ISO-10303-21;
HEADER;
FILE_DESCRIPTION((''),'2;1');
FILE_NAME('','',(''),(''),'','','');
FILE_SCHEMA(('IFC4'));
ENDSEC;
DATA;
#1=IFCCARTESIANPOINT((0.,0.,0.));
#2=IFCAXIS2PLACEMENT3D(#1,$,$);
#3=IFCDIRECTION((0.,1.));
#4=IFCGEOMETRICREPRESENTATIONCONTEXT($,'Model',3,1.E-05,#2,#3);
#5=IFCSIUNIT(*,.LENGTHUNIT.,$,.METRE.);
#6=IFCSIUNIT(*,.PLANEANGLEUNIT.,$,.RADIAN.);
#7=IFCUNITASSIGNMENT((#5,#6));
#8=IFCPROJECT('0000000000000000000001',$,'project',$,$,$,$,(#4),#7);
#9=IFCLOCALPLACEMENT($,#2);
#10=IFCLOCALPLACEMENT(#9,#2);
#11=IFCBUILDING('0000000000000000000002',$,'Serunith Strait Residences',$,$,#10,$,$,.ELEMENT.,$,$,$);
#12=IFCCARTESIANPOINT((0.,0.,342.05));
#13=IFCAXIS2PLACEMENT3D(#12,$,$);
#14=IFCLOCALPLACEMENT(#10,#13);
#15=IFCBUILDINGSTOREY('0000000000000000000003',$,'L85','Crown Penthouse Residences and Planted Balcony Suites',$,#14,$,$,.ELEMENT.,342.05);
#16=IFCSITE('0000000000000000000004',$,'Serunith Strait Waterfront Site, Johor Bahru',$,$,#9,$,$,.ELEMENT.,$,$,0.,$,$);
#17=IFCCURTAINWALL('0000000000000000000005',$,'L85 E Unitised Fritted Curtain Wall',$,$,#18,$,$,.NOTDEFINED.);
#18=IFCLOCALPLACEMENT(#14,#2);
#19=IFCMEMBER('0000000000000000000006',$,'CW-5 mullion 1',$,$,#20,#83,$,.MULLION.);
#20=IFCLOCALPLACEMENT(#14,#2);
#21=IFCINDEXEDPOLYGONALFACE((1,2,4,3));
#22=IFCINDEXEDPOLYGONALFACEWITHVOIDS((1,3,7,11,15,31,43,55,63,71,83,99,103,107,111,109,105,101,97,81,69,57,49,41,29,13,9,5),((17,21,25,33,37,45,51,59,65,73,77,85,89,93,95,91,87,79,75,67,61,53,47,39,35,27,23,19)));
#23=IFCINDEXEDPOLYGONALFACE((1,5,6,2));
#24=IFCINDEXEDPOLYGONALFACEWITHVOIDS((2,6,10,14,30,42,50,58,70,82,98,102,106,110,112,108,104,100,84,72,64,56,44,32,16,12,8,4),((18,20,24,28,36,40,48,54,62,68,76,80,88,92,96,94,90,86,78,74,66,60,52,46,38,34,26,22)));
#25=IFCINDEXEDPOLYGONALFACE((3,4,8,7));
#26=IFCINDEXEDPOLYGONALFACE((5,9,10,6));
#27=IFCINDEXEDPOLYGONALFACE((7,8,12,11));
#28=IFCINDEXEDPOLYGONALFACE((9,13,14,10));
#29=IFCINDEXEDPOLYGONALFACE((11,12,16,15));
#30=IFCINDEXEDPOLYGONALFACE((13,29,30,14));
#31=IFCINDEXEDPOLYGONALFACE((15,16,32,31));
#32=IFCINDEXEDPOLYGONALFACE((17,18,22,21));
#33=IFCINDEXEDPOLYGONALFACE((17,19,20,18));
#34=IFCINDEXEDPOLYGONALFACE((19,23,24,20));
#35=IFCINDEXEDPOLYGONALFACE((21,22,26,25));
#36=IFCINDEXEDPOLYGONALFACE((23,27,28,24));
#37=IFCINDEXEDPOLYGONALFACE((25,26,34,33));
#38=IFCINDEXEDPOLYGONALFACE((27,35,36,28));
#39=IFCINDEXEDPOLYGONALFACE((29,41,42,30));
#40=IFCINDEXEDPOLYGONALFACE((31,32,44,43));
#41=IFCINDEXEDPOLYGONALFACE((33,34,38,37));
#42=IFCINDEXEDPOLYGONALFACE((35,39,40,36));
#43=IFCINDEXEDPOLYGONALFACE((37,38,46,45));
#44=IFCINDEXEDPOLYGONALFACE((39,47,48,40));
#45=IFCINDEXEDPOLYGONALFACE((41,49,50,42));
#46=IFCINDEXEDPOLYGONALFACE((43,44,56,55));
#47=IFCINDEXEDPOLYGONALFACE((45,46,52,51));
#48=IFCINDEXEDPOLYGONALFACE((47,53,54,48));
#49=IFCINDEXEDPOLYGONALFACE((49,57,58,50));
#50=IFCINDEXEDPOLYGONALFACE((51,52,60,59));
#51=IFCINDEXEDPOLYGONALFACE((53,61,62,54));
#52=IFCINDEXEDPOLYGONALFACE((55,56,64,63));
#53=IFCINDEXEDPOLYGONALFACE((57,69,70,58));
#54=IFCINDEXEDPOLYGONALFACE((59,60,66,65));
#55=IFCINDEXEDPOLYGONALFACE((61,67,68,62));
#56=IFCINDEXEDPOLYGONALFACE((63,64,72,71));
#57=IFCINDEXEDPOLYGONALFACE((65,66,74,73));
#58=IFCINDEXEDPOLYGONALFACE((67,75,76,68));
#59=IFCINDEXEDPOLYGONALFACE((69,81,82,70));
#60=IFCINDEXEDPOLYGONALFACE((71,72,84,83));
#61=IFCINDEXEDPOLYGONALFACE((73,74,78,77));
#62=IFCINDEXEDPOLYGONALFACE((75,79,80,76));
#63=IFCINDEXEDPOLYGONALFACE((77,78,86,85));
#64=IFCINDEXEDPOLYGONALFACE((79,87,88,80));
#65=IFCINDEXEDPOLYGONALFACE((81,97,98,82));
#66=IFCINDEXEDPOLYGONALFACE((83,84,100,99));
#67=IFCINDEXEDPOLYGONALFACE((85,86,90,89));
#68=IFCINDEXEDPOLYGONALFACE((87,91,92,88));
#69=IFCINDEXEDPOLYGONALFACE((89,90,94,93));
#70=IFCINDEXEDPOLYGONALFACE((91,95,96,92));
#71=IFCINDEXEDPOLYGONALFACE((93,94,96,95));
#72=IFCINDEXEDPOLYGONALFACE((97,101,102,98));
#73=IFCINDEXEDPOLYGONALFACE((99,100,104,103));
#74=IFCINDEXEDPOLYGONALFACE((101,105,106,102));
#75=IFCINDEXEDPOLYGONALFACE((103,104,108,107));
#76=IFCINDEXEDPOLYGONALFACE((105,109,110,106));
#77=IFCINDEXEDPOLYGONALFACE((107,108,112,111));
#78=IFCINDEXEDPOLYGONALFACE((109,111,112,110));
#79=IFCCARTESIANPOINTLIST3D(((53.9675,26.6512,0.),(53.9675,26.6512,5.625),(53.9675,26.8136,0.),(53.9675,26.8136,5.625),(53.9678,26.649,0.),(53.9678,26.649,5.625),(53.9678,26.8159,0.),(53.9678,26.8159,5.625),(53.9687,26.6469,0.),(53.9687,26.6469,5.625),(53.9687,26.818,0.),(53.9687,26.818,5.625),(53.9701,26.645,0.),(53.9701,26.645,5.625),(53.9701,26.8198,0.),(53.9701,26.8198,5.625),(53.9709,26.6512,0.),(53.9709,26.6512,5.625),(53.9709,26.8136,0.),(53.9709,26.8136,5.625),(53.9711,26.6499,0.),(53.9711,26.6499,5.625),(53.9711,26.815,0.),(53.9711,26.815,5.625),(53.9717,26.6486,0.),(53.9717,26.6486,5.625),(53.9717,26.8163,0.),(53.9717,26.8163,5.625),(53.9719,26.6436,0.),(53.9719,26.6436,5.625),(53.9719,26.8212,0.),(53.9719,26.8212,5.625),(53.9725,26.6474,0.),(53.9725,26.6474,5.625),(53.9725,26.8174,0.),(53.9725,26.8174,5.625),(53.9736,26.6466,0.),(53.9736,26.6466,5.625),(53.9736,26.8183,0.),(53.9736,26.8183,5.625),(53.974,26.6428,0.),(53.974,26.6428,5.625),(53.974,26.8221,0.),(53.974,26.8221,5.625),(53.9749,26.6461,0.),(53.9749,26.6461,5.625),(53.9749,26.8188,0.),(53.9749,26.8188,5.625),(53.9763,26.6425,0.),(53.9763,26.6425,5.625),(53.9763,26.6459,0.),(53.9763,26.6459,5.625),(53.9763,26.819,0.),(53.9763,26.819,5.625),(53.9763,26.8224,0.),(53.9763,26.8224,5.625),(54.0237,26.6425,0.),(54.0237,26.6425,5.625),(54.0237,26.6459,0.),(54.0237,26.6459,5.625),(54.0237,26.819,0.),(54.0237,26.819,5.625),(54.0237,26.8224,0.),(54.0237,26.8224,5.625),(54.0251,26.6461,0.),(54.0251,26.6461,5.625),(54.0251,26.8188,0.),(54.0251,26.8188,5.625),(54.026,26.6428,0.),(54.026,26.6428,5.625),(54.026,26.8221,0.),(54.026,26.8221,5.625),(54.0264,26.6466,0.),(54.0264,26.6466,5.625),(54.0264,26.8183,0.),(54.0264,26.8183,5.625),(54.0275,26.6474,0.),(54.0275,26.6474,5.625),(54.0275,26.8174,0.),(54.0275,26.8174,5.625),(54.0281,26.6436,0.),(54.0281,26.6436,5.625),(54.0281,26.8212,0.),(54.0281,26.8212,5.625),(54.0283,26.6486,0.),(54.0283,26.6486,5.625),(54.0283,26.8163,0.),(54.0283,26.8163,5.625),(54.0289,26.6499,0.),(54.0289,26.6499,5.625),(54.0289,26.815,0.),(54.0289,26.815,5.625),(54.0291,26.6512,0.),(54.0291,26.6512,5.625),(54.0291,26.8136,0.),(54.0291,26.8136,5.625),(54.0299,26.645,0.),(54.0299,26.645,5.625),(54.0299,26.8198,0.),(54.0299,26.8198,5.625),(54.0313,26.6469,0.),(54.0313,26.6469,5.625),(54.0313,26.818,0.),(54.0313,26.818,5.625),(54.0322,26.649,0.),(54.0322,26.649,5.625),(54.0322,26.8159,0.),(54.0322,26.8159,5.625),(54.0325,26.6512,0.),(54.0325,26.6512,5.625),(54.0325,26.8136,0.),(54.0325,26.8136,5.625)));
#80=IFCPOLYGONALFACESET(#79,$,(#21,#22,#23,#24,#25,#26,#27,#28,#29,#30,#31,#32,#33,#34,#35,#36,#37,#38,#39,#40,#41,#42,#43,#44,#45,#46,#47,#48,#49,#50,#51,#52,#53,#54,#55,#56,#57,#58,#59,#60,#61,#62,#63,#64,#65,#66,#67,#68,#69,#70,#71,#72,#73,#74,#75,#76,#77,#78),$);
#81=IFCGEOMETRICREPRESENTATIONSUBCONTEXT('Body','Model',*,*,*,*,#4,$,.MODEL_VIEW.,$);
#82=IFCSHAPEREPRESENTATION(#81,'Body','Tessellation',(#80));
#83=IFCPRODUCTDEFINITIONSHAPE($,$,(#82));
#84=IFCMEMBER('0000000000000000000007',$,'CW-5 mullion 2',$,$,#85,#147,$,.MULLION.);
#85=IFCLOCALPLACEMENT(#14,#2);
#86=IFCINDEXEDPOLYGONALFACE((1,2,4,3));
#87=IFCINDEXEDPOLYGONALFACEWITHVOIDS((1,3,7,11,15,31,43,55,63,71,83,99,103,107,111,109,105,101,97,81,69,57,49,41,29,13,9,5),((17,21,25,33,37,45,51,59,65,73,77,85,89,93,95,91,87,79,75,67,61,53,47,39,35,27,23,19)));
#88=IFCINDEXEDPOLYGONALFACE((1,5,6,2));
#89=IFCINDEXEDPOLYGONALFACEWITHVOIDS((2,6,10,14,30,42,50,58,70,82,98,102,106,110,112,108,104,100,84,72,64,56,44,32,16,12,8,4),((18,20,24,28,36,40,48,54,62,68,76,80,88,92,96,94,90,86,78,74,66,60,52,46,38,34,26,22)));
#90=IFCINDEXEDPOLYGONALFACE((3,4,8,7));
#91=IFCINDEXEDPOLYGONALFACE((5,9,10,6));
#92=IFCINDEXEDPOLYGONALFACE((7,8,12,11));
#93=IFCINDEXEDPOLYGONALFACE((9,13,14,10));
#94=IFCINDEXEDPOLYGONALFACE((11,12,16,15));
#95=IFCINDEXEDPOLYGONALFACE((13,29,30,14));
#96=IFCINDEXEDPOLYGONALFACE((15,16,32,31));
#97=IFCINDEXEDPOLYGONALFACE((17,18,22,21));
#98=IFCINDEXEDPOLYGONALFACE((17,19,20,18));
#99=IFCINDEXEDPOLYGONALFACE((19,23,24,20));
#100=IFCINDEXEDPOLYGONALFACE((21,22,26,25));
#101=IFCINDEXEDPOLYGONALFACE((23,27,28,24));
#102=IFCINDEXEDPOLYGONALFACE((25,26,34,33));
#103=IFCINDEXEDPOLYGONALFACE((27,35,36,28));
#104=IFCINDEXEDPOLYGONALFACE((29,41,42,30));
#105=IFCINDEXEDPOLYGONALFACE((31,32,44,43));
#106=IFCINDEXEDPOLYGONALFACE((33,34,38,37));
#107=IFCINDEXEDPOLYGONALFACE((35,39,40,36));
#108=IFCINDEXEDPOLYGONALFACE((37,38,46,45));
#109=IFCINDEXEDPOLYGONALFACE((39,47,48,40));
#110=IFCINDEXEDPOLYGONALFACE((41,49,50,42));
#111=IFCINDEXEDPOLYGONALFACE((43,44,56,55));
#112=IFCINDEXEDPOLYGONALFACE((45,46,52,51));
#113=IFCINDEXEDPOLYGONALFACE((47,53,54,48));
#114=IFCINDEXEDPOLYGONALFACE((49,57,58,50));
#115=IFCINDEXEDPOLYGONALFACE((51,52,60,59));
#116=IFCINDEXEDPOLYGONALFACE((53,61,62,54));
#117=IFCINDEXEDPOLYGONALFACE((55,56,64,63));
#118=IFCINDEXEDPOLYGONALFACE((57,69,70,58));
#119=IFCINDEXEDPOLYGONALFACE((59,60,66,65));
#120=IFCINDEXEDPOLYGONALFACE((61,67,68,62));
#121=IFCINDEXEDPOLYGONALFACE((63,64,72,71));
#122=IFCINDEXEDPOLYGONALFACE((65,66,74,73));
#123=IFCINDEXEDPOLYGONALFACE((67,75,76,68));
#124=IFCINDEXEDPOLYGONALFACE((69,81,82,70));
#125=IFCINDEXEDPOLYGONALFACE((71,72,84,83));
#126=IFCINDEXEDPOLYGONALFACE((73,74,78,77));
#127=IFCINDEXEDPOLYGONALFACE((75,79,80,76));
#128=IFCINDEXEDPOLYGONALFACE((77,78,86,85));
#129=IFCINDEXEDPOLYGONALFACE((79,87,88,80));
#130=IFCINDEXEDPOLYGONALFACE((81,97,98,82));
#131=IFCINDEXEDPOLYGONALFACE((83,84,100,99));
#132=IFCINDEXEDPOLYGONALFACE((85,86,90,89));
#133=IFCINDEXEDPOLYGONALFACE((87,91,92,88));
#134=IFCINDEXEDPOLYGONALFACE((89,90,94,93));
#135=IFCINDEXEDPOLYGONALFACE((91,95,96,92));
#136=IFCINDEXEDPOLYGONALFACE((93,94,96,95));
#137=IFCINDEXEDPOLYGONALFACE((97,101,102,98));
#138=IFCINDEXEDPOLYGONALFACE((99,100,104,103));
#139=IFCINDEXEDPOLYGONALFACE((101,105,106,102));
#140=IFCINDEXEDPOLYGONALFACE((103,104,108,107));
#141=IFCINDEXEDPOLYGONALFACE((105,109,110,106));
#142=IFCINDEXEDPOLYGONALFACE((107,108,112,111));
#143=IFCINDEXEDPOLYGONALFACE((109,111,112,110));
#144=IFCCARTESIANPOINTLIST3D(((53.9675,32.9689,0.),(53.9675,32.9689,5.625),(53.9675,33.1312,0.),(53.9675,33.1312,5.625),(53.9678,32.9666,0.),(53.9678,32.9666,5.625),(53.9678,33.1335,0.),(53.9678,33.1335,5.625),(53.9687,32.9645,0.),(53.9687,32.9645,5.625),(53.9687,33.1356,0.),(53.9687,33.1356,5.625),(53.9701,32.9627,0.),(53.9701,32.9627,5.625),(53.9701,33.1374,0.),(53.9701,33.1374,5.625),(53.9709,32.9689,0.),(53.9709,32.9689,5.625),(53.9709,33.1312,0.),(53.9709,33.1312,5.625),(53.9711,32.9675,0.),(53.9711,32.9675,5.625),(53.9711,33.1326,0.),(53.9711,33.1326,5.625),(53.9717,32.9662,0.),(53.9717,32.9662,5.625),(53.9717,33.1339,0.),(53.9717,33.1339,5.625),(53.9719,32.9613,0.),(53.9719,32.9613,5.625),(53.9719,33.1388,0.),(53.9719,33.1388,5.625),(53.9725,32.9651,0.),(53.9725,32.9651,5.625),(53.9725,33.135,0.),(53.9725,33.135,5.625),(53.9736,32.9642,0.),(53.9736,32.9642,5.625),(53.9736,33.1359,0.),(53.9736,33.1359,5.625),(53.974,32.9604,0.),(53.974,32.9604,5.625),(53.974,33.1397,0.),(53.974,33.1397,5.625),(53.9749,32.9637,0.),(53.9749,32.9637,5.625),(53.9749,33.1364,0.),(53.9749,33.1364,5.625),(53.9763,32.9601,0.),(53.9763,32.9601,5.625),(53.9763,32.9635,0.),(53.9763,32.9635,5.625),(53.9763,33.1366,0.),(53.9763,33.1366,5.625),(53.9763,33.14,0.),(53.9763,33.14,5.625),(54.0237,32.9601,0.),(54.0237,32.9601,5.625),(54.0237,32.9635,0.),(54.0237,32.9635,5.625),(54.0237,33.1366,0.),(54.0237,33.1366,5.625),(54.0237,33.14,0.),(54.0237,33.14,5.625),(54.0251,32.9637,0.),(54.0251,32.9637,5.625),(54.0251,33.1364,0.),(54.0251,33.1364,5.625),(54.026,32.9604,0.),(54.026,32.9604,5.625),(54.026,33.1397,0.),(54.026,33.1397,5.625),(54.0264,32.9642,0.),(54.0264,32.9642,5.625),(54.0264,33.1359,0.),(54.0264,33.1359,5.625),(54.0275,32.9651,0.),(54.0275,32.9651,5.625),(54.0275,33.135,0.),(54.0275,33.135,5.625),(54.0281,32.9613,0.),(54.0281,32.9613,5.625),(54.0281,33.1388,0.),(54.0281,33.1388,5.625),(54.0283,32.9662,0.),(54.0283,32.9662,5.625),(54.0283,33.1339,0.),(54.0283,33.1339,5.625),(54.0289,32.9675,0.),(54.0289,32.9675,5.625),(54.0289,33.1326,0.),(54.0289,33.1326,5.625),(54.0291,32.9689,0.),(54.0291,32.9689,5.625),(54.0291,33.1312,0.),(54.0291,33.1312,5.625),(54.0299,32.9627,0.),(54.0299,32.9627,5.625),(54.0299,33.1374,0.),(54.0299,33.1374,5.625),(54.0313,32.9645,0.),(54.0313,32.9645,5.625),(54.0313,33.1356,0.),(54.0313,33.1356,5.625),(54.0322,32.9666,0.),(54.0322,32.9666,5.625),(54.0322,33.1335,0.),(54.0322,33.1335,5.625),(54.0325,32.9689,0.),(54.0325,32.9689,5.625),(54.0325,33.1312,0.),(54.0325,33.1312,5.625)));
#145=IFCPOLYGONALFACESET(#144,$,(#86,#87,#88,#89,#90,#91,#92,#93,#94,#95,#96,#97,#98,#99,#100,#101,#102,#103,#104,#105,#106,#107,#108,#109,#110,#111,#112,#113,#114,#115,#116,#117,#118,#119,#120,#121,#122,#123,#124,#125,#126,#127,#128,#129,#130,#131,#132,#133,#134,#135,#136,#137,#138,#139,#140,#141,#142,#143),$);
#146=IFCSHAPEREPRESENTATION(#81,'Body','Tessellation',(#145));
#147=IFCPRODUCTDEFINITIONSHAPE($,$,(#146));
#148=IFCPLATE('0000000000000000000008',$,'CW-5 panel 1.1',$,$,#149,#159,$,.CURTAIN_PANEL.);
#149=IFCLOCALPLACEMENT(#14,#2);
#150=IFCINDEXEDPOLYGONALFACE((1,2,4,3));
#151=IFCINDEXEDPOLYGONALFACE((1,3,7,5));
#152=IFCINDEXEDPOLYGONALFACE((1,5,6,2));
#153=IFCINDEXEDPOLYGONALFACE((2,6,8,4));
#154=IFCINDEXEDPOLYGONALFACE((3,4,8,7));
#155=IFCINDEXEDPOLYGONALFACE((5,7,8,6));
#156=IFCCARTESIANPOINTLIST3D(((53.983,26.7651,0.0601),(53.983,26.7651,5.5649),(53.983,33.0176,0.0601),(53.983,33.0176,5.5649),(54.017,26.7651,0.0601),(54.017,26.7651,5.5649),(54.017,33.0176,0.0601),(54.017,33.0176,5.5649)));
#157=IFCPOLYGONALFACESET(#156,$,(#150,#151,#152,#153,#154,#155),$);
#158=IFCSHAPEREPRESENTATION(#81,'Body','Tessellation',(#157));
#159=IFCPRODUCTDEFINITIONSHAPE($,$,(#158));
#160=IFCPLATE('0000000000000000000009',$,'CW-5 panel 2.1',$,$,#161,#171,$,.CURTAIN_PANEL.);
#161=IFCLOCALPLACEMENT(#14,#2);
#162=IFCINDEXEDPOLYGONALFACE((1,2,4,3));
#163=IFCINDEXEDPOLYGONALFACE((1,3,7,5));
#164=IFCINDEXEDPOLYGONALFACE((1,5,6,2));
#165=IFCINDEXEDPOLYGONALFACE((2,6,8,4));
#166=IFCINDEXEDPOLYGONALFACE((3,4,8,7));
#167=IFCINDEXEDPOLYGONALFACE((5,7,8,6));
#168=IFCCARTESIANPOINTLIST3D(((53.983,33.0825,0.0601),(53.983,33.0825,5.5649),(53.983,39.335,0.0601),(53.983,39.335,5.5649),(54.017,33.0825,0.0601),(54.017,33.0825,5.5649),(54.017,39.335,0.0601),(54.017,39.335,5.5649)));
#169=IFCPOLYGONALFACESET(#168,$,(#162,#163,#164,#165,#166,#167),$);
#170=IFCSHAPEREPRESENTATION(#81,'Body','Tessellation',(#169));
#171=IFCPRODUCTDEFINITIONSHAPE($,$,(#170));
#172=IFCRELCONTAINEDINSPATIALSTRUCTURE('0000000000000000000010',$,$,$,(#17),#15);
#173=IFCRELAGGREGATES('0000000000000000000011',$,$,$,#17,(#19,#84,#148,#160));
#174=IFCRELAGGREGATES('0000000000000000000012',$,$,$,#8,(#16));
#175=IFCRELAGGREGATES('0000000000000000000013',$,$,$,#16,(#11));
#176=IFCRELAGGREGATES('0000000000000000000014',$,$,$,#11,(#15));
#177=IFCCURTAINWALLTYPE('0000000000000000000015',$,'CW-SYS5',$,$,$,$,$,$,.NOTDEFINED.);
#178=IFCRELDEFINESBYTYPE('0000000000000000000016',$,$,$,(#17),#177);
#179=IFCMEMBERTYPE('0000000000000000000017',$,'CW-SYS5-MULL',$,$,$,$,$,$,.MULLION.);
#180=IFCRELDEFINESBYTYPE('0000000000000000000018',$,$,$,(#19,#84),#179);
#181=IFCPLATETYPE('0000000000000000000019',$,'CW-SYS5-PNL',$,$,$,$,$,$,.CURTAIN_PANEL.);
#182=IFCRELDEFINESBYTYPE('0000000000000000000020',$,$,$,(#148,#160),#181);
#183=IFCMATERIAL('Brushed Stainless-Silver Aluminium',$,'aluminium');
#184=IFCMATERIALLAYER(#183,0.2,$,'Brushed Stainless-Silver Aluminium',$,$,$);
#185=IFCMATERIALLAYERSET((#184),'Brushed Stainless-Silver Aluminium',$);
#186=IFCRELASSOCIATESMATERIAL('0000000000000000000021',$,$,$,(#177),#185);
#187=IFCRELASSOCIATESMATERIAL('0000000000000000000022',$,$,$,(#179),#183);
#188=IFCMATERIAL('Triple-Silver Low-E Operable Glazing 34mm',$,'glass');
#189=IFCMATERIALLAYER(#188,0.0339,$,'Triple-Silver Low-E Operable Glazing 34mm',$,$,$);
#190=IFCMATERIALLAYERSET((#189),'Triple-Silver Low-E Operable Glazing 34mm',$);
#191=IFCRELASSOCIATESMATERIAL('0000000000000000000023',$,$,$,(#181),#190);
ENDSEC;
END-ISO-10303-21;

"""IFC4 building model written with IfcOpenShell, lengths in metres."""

from ifc_helpers import new_model, si_unit, direction, frame, origin, origin_2d, place, context, subcontext, project, spatial, rectangle, hollow_rectangle, extrude, source, transform, mapped, material, layer, layer_set, material_profile, profile_set, type_object, element, aggregate, save


model = new_model("IFC4")

# Units and contexts
model_context = context("Model", 3, precision=1e-05, world=origin(), true_north=direction((0.0, 1.0)))
body_context = subcontext(model_context, "Body", "Model", "MODEL_VIEW")
ifc_project = project(units=[si_unit("LENGTHUNIT", "METRE"), si_unit("PLANEANGLEUNIT", "RADIAN")], contexts=[model_context])

# Site, building, storey
site_placement = place(None, origin())
site = spatial("IfcSite", under=ifc_project, at=site_placement, Name="Serunith Strait Waterfront Site, Johor Bahru", CompositionType="ELEMENT", RefElevation=0.0)
building_placement = place(site_placement, origin())
building = spatial("IfcBuilding", under=site, at=building_placement, Name="Serunith Strait Residences", CompositionType="ELEMENT")
storey_placement = place(building_placement, frame((0.0, 0.0, 342.05)))
storey = spatial("IfcBuildingStorey", under=building, at=storey_placement, Name="L85", Description="Crown Penthouse Residences and Planted Balcony Suites", CompositionType="ELEMENT", Elevation=342.05)

# Curtain wall, members, plates
ifc_material_1 = material(Name="Brushed Stainless-Silver Aluminium", Category="aluminium")
ifc_layer_1 = layer(ifc_material_1, 0.2, Name="Brushed Stainless-Silver Aluminium")
ifc_layer_set_1 = layer_set([ifc_layer_1], Name="Brushed Stainless-Silver Aluminium")
curtain_wall_type = type_object("IfcCurtainWallType", Name="CW-SYS5", PredefinedType="NOTDEFINED", material=ifc_layer_set_1)
curtain_wall_placement = place(storey_placement, origin())
curtain_wall = element("IfcCurtainWall", 1, at=curtain_wall_placement, inside=storey, type_object=curtain_wall_type, Name="L85 E Unitised Fritted Curtain Wall", PredefinedType="NOTDEFINED")
ifc_material_profile_1 = material_profile(ifc_material_1, hollow_rectangle(XDim=0.0649, YDim=0.1799, WallThickness=0.0034, InnerFilletRadius=0.0054, OuterFilletRadius=0.0088, at=origin_2d()), Name="ALU 180x65x3.5")
ifc_profile_set_1 = profile_set([ifc_material_profile_1], Name="Brushed Stainless-Silver Aluminium")
member_type_1 = type_object("IfcMemberType", Name="CW-SYS5-MULL", PredefinedType="MULLION", material=ifc_profile_set_1)
shared_shape_1 = source(origin(), body_context, "Body", "SweptSolid", [
    extrude(hollow_rectangle(XDim=0.0649, YDim=0.1799, WallThickness=0.0034, InnerFilletRadius=0.0054, OuterFilletRadius=0.0088, at=origin_2d()), origin(), (0.0, 0.0, 1.0), 5.625),
])
member_1_placement = place(storey_placement, frame((54.0, 26.7324, 0.0), z_axis=(0.0, 0.0, 1.0), x_axis=(-1.0, 0.0, 0.0)))
member_1 = element("IfcMember", 2, at=member_1_placement, type_object=member_type_1, Name="CW-5 mullion 1", PredefinedType="MULLION", context=body_context, shape_type="MappedRepresentation", body=[
    mapped(shared_shape_1, transform((0.0, 0.0, 0.0), scale=1.0)),
])
member_2_placement = place(storey_placement, frame((54.0, 33.05, 0.0), z_axis=(0.0, 0.0, 1.0), x_axis=(-1.0, 0.0, 0.0)))
member_2 = element("IfcMember", 3, at=member_2_placement, type_object=member_type_1, Name="CW-5 mullion 2", PredefinedType="MULLION", context=body_context, shape_type="MappedRepresentation", body=[
    mapped(shared_shape_1, transform((0.0, 0.0, 0.0), scale=1.0)),
])
ifc_material_2 = material(Name="Triple-Silver Low-E Operable Glazing 34mm", Category="glass")
ifc_layer_2 = layer(ifc_material_2, 0.0339, Name="Triple-Silver Low-E Operable Glazing 34mm")
ifc_layer_set_2 = layer_set([ifc_layer_2], Name="Triple-Silver Low-E Operable Glazing 34mm")
plate_type = type_object("IfcPlateType", Name="CW-SYS5-PNL", PredefinedType="CURTAIN_PANEL", material=ifc_layer_set_2)
shared_shape_2 = source(origin(), body_context, "Body", "SweptSolid", [
    extrude(rectangle(XDim=6.2524, YDim=0.0339, at=origin_2d()), origin(), (0.0, 0.0, 1.0), 5.5049),
])
plate_1_placement = place(storey_placement, frame((54.0, 29.8914, 0.0601), z_axis=(0.0, 0.0, 1.0), x_axis=(0.0, 1.0, 0.0)))
plate_1 = element("IfcPlate", 4, at=plate_1_placement, type_object=plate_type, Name="CW-5 panel 1.1", PredefinedType="CURTAIN_PANEL", context=body_context, shape_type="MappedRepresentation", body=[
    mapped(shared_shape_2, transform((0.0, 0.0, 0.0), scale=1.0)),
])
plate_2_placement = place(storey_placement, frame((54.0, 36.2087, 0.0601), z_axis=(0.0, 0.0, 1.0), x_axis=(0.0, 1.0, 0.0)))
plate_2 = element("IfcPlate", 5, at=plate_2_placement, type_object=plate_type, Name="CW-5 panel 2.1", PredefinedType="CURTAIN_PANEL", context=body_context, shape_type="MappedRepresentation", body=[
    mapped(shared_shape_2, transform((0.0, 0.0, 0.0), scale=1.0)),
])
aggregate(curtain_wall, [member_1, member_2, plate_1, plate_2])

save(model, "model.ifc")
